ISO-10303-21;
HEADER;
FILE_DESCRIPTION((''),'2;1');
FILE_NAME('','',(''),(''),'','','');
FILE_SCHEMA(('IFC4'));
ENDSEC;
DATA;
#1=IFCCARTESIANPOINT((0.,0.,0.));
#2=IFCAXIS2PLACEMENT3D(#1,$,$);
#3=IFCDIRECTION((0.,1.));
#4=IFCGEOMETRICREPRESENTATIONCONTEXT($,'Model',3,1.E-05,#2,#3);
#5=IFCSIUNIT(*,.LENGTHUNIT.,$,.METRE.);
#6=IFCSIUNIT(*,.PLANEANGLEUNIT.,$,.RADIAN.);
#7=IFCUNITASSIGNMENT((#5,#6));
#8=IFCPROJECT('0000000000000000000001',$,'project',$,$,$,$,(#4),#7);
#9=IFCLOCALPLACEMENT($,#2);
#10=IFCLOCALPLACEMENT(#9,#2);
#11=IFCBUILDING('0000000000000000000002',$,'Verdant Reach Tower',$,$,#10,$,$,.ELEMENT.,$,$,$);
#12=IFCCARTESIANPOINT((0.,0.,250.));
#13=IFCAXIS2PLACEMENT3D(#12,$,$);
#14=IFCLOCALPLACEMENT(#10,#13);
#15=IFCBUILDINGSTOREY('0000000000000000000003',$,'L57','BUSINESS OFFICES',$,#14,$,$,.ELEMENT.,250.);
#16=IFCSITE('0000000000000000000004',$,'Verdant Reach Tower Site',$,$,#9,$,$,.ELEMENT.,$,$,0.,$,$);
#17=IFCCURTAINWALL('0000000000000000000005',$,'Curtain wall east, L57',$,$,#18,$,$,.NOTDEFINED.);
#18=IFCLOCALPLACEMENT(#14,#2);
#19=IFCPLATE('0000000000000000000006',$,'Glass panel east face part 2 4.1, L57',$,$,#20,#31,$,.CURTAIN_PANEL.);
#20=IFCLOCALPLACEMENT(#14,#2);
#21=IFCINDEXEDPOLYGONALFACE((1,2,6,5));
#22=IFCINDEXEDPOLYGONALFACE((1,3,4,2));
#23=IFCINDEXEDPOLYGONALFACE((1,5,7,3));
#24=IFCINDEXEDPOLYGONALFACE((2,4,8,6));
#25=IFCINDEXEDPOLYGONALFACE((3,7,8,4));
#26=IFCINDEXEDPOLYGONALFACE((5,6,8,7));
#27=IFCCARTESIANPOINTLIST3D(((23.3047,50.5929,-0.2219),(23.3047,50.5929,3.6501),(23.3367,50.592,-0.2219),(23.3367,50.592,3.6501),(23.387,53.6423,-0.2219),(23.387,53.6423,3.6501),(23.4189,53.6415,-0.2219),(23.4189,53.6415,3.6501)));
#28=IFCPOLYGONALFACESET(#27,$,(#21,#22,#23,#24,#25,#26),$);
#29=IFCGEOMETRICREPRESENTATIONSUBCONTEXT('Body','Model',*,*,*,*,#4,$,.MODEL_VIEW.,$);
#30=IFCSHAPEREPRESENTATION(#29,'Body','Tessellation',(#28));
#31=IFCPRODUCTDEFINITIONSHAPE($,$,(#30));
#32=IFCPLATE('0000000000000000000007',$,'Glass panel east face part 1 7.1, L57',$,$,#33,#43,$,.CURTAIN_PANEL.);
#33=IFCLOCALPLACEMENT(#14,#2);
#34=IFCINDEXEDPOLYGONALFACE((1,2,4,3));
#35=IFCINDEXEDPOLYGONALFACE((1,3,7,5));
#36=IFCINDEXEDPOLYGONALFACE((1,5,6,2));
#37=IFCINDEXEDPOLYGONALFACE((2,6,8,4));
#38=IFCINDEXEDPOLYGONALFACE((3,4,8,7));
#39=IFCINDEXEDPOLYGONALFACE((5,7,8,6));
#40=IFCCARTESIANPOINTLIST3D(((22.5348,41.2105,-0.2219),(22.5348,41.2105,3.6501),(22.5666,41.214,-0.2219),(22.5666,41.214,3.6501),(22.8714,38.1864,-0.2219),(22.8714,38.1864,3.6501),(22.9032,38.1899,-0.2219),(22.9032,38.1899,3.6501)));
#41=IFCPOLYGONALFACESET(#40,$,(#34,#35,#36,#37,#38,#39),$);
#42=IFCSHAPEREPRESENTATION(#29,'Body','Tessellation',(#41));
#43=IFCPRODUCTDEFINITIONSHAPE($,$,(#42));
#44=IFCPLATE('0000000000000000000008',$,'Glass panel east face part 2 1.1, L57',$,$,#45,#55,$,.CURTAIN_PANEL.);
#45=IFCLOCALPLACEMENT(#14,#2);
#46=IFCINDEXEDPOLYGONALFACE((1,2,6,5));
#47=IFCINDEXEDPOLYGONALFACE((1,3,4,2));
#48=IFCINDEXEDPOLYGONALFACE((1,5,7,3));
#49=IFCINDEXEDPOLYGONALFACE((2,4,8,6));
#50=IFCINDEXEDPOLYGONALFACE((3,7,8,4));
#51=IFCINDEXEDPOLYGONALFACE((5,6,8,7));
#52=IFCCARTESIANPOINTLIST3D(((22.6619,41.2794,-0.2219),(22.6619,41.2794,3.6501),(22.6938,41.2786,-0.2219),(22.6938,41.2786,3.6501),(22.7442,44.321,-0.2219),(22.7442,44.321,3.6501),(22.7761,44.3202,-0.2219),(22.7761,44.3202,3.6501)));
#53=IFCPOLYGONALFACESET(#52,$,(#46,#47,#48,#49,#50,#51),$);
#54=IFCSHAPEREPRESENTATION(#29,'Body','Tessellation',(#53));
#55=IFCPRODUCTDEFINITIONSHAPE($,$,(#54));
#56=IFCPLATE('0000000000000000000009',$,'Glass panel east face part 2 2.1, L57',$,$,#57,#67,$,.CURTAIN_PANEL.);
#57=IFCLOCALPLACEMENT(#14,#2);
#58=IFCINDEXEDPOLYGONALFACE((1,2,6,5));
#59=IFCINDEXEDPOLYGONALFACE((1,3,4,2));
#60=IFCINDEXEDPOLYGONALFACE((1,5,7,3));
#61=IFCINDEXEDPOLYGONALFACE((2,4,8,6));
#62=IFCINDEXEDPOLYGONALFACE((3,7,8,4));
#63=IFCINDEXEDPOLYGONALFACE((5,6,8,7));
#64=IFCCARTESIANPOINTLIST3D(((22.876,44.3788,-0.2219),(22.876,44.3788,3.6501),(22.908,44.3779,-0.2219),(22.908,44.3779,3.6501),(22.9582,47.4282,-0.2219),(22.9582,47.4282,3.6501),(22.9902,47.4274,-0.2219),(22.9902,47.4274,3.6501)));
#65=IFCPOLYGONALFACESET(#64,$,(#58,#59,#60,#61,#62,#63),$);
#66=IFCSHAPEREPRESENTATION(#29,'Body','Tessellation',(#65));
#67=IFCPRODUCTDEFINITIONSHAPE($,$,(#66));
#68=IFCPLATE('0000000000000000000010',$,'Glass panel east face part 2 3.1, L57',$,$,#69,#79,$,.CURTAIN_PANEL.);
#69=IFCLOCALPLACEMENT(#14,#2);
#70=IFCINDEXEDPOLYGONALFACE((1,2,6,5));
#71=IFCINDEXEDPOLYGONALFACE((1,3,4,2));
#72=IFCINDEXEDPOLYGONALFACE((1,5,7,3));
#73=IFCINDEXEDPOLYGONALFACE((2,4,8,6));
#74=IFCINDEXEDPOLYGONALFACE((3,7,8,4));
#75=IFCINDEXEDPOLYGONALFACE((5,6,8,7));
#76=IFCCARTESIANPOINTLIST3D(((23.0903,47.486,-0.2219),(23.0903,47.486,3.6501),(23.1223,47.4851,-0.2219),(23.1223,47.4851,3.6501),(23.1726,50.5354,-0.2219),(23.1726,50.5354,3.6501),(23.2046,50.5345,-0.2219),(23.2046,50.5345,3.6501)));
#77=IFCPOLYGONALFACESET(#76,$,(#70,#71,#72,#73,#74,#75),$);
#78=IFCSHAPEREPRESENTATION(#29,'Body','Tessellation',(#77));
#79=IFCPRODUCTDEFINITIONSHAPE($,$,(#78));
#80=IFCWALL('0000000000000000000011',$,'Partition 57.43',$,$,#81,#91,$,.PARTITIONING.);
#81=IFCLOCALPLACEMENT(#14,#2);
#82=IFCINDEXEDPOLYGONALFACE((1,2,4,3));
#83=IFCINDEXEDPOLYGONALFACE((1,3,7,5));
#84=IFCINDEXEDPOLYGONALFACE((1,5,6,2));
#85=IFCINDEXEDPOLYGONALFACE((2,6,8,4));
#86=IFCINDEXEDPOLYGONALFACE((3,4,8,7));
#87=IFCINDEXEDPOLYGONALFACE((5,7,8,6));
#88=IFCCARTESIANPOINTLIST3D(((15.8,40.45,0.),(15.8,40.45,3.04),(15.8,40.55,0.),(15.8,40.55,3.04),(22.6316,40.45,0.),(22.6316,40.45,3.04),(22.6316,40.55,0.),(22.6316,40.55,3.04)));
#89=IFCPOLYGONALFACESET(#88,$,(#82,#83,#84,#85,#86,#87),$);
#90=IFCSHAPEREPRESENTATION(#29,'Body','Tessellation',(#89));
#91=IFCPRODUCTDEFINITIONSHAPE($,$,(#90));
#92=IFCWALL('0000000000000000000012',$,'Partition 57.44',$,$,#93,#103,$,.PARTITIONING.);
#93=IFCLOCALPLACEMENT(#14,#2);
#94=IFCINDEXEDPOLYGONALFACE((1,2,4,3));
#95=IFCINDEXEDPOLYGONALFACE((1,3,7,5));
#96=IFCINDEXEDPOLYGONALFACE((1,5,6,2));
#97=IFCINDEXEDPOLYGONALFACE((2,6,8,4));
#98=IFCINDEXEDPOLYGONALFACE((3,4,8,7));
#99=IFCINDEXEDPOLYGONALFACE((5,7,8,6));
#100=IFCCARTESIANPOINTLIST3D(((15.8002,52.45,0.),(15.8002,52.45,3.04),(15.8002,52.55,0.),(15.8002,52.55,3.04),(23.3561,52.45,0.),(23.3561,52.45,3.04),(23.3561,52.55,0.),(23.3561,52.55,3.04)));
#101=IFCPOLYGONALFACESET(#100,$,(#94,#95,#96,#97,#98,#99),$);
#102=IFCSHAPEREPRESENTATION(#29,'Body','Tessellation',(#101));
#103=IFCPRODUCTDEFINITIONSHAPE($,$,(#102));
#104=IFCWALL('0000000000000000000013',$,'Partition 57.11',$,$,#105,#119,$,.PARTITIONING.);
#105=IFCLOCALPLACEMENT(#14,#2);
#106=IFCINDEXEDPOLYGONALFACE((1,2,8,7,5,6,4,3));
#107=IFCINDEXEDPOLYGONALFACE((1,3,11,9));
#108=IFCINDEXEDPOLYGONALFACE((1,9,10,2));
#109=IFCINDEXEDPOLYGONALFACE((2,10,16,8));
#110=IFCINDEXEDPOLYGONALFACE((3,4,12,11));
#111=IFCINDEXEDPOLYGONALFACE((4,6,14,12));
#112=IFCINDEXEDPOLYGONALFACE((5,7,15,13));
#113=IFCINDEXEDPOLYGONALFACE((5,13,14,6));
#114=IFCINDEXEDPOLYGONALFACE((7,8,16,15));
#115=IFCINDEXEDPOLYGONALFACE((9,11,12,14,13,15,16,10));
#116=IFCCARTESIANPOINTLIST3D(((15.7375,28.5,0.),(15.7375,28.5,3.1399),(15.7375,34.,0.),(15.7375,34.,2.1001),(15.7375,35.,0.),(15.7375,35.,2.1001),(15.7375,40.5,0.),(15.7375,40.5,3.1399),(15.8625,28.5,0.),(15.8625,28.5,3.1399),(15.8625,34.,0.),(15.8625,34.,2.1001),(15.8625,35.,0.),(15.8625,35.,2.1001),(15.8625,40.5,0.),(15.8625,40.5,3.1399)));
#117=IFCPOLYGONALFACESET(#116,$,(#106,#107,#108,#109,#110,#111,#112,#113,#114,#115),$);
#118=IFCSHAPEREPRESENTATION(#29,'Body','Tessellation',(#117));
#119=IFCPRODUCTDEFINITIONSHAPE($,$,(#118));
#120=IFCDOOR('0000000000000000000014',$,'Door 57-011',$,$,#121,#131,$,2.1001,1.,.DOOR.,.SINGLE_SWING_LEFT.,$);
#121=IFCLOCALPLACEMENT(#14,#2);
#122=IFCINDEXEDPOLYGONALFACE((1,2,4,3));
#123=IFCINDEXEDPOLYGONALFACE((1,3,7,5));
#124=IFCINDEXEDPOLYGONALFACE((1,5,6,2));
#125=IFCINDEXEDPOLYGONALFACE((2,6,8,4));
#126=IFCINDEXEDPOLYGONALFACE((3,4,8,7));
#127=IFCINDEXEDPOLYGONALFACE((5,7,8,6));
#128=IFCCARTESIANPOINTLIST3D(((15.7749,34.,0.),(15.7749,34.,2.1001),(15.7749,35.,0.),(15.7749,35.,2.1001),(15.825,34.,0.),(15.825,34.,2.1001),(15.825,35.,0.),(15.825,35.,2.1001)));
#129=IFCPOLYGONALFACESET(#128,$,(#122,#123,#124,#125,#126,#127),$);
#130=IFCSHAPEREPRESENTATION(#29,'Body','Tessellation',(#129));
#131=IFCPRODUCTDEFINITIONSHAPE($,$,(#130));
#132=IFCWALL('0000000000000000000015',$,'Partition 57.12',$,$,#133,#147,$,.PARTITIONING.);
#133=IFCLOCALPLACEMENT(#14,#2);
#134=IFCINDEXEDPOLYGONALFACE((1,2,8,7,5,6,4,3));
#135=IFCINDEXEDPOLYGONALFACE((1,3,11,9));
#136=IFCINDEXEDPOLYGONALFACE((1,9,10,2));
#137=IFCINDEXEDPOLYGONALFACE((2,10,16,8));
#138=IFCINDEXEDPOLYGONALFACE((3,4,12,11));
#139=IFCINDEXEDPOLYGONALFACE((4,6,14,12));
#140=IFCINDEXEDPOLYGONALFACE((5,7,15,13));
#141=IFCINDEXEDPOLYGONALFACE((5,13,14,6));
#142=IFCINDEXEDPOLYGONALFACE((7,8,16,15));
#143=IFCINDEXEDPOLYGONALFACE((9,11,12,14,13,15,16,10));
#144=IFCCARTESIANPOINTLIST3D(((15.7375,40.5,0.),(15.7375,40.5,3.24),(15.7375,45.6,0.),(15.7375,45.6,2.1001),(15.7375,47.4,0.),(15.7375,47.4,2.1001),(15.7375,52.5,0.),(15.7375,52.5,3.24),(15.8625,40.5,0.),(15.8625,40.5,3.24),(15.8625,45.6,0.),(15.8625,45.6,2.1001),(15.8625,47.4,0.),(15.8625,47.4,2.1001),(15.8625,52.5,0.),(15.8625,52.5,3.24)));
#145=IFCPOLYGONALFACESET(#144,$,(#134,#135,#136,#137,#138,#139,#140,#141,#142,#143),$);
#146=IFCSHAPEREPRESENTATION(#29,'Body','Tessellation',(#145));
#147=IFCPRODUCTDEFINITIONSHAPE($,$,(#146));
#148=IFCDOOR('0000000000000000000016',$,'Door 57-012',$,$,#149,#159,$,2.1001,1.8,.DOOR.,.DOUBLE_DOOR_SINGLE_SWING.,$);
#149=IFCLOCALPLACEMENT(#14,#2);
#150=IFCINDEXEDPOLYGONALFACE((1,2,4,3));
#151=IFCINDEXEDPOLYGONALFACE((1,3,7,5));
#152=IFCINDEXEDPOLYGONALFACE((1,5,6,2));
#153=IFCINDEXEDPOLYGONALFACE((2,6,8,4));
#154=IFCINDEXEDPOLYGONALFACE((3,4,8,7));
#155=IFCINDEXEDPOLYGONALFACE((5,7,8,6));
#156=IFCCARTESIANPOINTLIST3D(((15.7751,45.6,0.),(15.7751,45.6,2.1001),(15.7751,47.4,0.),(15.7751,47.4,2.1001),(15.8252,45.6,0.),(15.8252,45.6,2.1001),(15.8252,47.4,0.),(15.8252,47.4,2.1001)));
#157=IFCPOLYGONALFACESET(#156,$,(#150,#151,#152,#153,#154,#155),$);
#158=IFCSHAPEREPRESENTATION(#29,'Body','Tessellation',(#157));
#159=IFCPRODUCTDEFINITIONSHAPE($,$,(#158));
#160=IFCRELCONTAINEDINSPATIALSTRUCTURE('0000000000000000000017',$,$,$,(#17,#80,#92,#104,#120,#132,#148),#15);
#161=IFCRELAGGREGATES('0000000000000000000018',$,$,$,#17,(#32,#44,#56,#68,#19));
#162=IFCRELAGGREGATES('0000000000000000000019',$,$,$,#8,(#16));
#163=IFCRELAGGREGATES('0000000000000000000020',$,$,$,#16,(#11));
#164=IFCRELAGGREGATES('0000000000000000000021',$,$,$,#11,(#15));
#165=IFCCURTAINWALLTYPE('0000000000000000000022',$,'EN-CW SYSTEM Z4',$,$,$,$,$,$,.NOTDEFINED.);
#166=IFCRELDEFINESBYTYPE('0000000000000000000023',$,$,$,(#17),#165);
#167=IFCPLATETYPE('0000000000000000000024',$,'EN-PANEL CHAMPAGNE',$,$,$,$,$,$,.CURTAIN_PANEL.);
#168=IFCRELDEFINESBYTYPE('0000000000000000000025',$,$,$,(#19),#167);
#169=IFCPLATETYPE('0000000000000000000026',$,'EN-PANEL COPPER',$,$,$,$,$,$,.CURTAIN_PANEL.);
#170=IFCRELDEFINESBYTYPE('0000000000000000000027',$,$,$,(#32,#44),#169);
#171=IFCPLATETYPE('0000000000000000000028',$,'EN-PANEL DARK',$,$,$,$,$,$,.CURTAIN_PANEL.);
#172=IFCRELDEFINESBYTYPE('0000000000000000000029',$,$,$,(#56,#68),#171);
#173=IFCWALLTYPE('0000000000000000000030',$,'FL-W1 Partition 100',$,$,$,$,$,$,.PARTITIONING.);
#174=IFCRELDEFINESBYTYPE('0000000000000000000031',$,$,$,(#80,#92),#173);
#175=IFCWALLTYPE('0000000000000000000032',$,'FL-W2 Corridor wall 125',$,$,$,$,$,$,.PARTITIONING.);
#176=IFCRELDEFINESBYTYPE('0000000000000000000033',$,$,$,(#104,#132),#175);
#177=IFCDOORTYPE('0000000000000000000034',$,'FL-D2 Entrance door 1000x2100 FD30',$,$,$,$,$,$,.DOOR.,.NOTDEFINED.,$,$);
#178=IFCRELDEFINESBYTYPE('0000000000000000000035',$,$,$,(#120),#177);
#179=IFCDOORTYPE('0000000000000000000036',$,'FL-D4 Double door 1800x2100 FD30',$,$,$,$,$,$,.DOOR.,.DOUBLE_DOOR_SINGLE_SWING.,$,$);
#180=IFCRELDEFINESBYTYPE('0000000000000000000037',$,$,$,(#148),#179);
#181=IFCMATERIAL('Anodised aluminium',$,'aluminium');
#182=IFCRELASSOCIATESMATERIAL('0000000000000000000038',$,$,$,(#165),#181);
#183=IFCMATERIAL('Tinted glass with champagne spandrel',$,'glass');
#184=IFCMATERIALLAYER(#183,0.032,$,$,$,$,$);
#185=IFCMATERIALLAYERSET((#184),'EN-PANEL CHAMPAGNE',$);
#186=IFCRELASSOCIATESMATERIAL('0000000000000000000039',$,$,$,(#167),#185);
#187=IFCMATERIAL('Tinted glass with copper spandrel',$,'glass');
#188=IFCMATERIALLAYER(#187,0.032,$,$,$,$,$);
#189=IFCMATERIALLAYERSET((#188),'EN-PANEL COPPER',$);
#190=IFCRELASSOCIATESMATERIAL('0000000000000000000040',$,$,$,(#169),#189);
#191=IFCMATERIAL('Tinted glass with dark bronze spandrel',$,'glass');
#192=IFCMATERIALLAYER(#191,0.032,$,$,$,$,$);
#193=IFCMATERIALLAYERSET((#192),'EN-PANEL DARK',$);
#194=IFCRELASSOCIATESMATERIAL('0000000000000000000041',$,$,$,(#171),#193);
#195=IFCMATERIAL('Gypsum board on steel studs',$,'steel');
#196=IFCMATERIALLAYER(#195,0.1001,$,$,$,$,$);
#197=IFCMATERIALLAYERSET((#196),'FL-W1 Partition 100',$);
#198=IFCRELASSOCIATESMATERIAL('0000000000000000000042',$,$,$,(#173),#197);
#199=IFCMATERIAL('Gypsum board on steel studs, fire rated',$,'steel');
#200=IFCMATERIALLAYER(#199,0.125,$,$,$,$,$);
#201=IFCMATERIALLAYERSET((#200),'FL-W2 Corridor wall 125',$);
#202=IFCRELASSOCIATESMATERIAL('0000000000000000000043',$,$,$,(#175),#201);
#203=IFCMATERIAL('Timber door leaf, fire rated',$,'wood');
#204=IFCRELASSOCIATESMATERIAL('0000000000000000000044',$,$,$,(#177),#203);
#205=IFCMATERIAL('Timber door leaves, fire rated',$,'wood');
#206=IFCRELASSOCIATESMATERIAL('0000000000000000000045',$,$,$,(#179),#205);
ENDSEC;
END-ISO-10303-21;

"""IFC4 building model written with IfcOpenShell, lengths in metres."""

from ifc_helpers import new_model, si_unit, direction, frame, frame_2d, origin, origin_2d, place, context, subcontext, project, spatial, rectangle, extrude, material, layer, layer_set, type_object, element, fill, aggregate, save


model = new_model("IFC4")

# Units and contexts
model_context = context("Model", 3, precision=1e-05, world=origin(), true_north=direction((0.0, 1.0)))
body_context = subcontext(model_context, "Body", "Model", "MODEL_VIEW")
ifc_project = project(units=[si_unit("LENGTHUNIT", "METRE"), si_unit("PLANEANGLEUNIT", "RADIAN")], contexts=[model_context])

# Site, building, storey
site_placement = place(None, origin())
site = spatial("IfcSite", under=ifc_project, at=site_placement, Name="Verdant Reach Tower Site", CompositionType="ELEMENT", RefElevation=0.0)
building_placement = place(site_placement, origin())
building = spatial("IfcBuilding", under=site, at=building_placement, Name="Verdant Reach Tower", CompositionType="ELEMENT")
storey_placement = place(building_placement, frame((0.0, 0.0, 250.0)))
storey = spatial("IfcBuildingStorey", under=building, at=storey_placement, Name="L57", Description="BUSINESS OFFICES", CompositionType="ELEMENT", Elevation=250.0)

# Curtain wall
ifc_material_1 = material(Name="Anodised aluminium", Category="aluminium")
curtain_wall_type = type_object("IfcCurtainWallType", Name="EN-CW SYSTEM Z4", PredefinedType="NOTDEFINED", material=ifc_material_1)
curtain_wall_placement = place(storey_placement, origin())
curtain_wall = element("IfcCurtainWall", 1, at=curtain_wall_placement, inside=storey, type_object=curtain_wall_type, Name="Curtain wall east, L57", PredefinedType="NOTDEFINED")

# Plates
ifc_material_2 = material(Name="Tinted glass with champagne spandrel", Category="glass")
ifc_layer_1 = layer(ifc_material_2, 0.032)
ifc_layer_set_1 = layer_set([ifc_layer_1], Name="EN-PANEL CHAMPAGNE")
plate_type_1 = type_object("IfcPlateType", Name="EN-PANEL CHAMPAGNE", PredefinedType="CURTAIN_PANEL", material=ifc_layer_set_1)
plate_1_placement = place(storey_placement, frame((23.3618, 52.1172, -0.2219), z_axis=(0.0, 0.0, 1.0), x_axis=(0.026965, 0.999636, 0.0)))
plate_1 = element("IfcPlate", 2, at=plate_1_placement, type_object=plate_type_1, Name="Glass panel east face part 2 4.1, L57", PredefinedType="CURTAIN_PANEL", context=body_context, shape_type="SweptSolid", body=[
    extrude(rectangle(XDim=3.0505, YDim=0.032, at=origin_2d()), origin(), (0.0, 0.0, 1.0), 3.8721),
])
ifc_material_3 = material(Name="Tinted glass with copper spandrel", Category="glass")
ifc_layer_2 = layer(ifc_material_3, 0.032)
ifc_layer_set_2 = layer_set([ifc_layer_2], Name="EN-PANEL COPPER")
plate_type_2 = type_object("IfcPlateType", Name="EN-PANEL COPPER", PredefinedType="CURTAIN_PANEL", material=ifc_layer_set_2)
plate_2_placement = place(storey_placement, frame((22.719, 39.7002, -0.2219), z_axis=(0.0, 0.0, 1.0), x_axis=(-0.110603, 0.993865, 0.0)))
plate_2 = element("IfcPlate", 3, at=plate_2_placement, type_object=plate_type_2, Name="Glass panel east face part 1 7.1, L57", PredefinedType="CURTAIN_PANEL", context=body_context, shape_type="SweptSolid", body=[
    extrude(rectangle(XDim=3.0427, YDim=0.032, at=origin_2d()), origin(), (0.0, 0.0, 1.0), 3.8721),
])
plate_3_placement = place(storey_placement, frame((22.719, 42.7998, -0.2219), z_axis=(0.0, 0.0, 1.0), x_axis=(0.027051, 0.999634, 0.0)))
plate_3 = element("IfcPlate", 4, at=plate_3_placement, type_object=plate_type_2, Name="Glass panel east face part 2 1.1, L57", PredefinedType="CURTAIN_PANEL", context=body_context, shape_type="SweptSolid", body=[
    extrude(rectangle(XDim=3.0427, YDim=0.032, at=origin_2d()), origin(), (0.0, 0.0, 1.0), 3.8721),
])
ifc_material_4 = material(Name="Tinted glass with dark bronze spandrel", Category="glass")
ifc_layer_3 = layer(ifc_material_4, 0.032)
ifc_layer_set_3 = layer_set([ifc_layer_3], Name="EN-PANEL DARK")
plate_type_3 = type_object("IfcPlateType", Name="EN-PANEL DARK", PredefinedType="CURTAIN_PANEL", material=ifc_layer_set_3)
plate_4_placement = place(storey_placement, frame((22.9331, 45.9031, -0.2219), z_axis=(0.0, 0.0, 1.0), x_axis=(0.026965, 0.999636, 0.0)))
plate_4 = element("IfcPlate", 5, at=plate_4_placement, type_object=plate_type_3, Name="Glass panel east face part 2 2.1, L57", PredefinedType="CURTAIN_PANEL", context=body_context, shape_type="SweptSolid", body=[
    extrude(rectangle(XDim=3.0505, YDim=0.032, at=origin_2d()), origin(), (0.0, 0.0, 1.0), 3.8721),
])
plate_5_placement = place(storey_placement, frame((23.1475, 49.0103, -0.2219), z_axis=(0.0, 0.0, 1.0), x_axis=(0.026965, 0.999636, 0.0)))
plate_5 = element("IfcPlate", 6, at=plate_5_placement, type_object=plate_type_3, Name="Glass panel east face part 2 3.1, L57", PredefinedType="CURTAIN_PANEL", context=body_context, shape_type="SweptSolid", body=[
    extrude(rectangle(XDim=3.0505, YDim=0.032, at=origin_2d()), origin(), (0.0, 0.0, 1.0), 3.8721),
])
aggregate(curtain_wall, [plate_2, plate_3, plate_4, plate_5, plate_1])

# Walls
ifc_material_5 = material(Name="Gypsum board on steel studs", Category="steel")
ifc_layer_4 = layer(ifc_material_5, 0.1001)
ifc_layer_set_4 = layer_set([ifc_layer_4], Name="FL-W1 Partition 100")
wall_type_1 = type_object("IfcWallType", Name="FL-W1 Partition 100", PredefinedType="PARTITIONING", material=ifc_layer_set_4)
wall_1_placement = place(storey_placement, frame((22.6316, 40.5, 0.0), z_axis=(0.0, 0.0, 1.0), x_axis=(-1.0, 0.0, 0.0)))
element("IfcWall", 7, at=wall_1_placement, inside=storey, type_object=wall_type_1, Name="Partition 57.43", PredefinedType="PARTITIONING", context=body_context, shape_type="SweptSolid", body=[
    extrude(rectangle(XDim=6.8315, YDim=0.1001, at=frame_2d((3.4158, 0.0))), origin(), (0.0, 0.0, 1.0), 3.04),
])
wall_2_placement = place(storey_placement, frame((23.356, 52.5, 0.0), z_axis=(0.0, 0.0, 1.0), x_axis=(-1.0, 0.0, 0.0)))
element("IfcWall", 8, at=wall_2_placement, inside=storey, type_object=wall_type_1, Name="Partition 57.44", PredefinedType="PARTITIONING", context=body_context, shape_type="SweptSolid", body=[
    extrude(rectangle(XDim=7.5559, YDim=0.1001, at=frame_2d((3.7778, 0.0))), origin(), (0.0, 0.0, 1.0), 3.04),
])

# Walls, openings, doors
ifc_material_6 = material(Name="Gypsum board on steel studs, fire rated", Category="steel")
ifc_layer_5 = layer(ifc_material_6, 0.125)
ifc_layer_set_5 = layer_set([ifc_layer_5], Name="FL-W2 Corridor wall 125")
wall_type_2 = type_object("IfcWallType", Name="FL-W2 Corridor wall 125", PredefinedType="PARTITIONING", material=ifc_layer_set_5)
wall_3_placement = place(storey_placement, frame((15.8, 40.5, 0.0), z_axis=(0.0, 0.0, 1.0), x_axis=(0.0, -1.0, 0.0)))
wall_3 = element("IfcWall", 9, at=wall_3_placement, inside=storey, type_object=wall_type_2, Name="Partition 57.11", PredefinedType="PARTITIONING", context=body_context, shape_type="SweptSolid", body=[
    extrude(rectangle(XDim=12.0, YDim=0.125, at=frame_2d((6.0, 0.0))), origin(), (0.0, 0.0, 1.0), 3.1399),
])
opening_1_placement = place(wall_3_placement, frame((5.5, 0.0, 0.0)))
opening_1 = element("IfcOpeningElement", 10, at=opening_1_placement, cuts=wall_3, PredefinedType="OPENING", context=body_context, shape_type="SweptSolid", body=[
    extrude(rectangle(XDim=1.0, YDim=2.1001, at=frame_2d((0.5, 1.05))), frame((0.0, 0.0725, 0.0), z_axis=(0.0, -1.0, 0.0), x_axis=(1.0, 0.0, 0.0)), (0.0, 0.0, 1.0), 0.145),
])
ifc_material_7 = material(Name="Timber door leaf, fire rated", Category="wood")
door_type_1 = type_object("IfcDoorType", Name="FL-D2 Entrance door 1000x2100 FD30", OperationType="NOTDEFINED", PredefinedType="DOOR", material=ifc_material_7)
door_1_placement = place(opening_1_placement, origin())
door_1 = element("IfcDoor", 11, at=door_1_placement, inside=storey, type_object=door_type_1, Name="Door 57-011", OperationType="SINGLE_SWING_LEFT", OverallHeight=2.1001, OverallWidth=1.0, PredefinedType="DOOR", context=body_context, shape_type="SweptSolid", body=[
    extrude(rectangle(XDim=1.0, YDim=2.1001, at=frame_2d((0.5, 1.05))), frame((0.0, 0.0249, 0.0), z_axis=(0.0, -1.0, 0.0), x_axis=(1.0, 0.0, 0.0)), (0.0, 0.0, 1.0), 0.05),
])
fill(opening_1, door_1)
wall_4_placement = place(storey_placement, frame((15.8, 40.5, 0.0), z_axis=(0.0, 0.0, 1.0), x_axis=(0.0, 1.0, 0.0)))
wall_4 = element("IfcWall", 12, at=wall_4_placement, inside=storey, type_object=wall_type_2, Name="Partition 57.12", PredefinedType="PARTITIONING", context=body_context, shape_type="SweptSolid", body=[
    extrude(rectangle(XDim=12.0, YDim=0.125, at=frame_2d((6.0, 0.0))), origin(), (0.0, 0.0, 1.0), 3.24),
])
opening_2_placement = place(wall_4_placement, frame((5.1001, 0.0, 0.0)))
opening_2 = element("IfcOpeningElement", 13, at=opening_2_placement, cuts=wall_4, PredefinedType="OPENING", context=body_context, shape_type="SweptSolid", body=[
    extrude(rectangle(XDim=1.8, YDim=2.1001, at=frame_2d((0.8999, 1.05))), frame((0.0, 0.0725, 0.0), z_axis=(0.0, -1.0, 0.0), x_axis=(1.0, 0.0, 0.0)), (0.0, 0.0, 1.0), 0.145),
])
ifc_material_8 = material(Name="Timber door leaves, fire rated", Category="wood")
door_type_2 = type_object("IfcDoorType", Name="FL-D4 Double door 1800x2100 FD30", OperationType="DOUBLE_DOOR_SINGLE_SWING", PredefinedType="DOOR", material=ifc_material_8)
door_2_placement = place(opening_2_placement, origin())
door_2 = element("IfcDoor", 14, at=door_2_placement, inside=storey, type_object=door_type_2, Name="Door 57-012", OperationType="DOUBLE_DOOR_SINGLE_SWING", OverallHeight=2.1001, OverallWidth=1.8, PredefinedType="DOOR", context=body_context, shape_type="SweptSolid", body=[
    extrude(rectangle(XDim=1.8, YDim=2.1001, at=frame_2d((0.8999, 1.05))), frame((0.0, 0.0249, 0.0), z_axis=(0.0, -1.0, 0.0), x_axis=(1.0, 0.0, 0.0)), (0.0, 0.0, 1.0), 0.05),
])
fill(opening_2, door_2)

save(model, "model.ifc")
